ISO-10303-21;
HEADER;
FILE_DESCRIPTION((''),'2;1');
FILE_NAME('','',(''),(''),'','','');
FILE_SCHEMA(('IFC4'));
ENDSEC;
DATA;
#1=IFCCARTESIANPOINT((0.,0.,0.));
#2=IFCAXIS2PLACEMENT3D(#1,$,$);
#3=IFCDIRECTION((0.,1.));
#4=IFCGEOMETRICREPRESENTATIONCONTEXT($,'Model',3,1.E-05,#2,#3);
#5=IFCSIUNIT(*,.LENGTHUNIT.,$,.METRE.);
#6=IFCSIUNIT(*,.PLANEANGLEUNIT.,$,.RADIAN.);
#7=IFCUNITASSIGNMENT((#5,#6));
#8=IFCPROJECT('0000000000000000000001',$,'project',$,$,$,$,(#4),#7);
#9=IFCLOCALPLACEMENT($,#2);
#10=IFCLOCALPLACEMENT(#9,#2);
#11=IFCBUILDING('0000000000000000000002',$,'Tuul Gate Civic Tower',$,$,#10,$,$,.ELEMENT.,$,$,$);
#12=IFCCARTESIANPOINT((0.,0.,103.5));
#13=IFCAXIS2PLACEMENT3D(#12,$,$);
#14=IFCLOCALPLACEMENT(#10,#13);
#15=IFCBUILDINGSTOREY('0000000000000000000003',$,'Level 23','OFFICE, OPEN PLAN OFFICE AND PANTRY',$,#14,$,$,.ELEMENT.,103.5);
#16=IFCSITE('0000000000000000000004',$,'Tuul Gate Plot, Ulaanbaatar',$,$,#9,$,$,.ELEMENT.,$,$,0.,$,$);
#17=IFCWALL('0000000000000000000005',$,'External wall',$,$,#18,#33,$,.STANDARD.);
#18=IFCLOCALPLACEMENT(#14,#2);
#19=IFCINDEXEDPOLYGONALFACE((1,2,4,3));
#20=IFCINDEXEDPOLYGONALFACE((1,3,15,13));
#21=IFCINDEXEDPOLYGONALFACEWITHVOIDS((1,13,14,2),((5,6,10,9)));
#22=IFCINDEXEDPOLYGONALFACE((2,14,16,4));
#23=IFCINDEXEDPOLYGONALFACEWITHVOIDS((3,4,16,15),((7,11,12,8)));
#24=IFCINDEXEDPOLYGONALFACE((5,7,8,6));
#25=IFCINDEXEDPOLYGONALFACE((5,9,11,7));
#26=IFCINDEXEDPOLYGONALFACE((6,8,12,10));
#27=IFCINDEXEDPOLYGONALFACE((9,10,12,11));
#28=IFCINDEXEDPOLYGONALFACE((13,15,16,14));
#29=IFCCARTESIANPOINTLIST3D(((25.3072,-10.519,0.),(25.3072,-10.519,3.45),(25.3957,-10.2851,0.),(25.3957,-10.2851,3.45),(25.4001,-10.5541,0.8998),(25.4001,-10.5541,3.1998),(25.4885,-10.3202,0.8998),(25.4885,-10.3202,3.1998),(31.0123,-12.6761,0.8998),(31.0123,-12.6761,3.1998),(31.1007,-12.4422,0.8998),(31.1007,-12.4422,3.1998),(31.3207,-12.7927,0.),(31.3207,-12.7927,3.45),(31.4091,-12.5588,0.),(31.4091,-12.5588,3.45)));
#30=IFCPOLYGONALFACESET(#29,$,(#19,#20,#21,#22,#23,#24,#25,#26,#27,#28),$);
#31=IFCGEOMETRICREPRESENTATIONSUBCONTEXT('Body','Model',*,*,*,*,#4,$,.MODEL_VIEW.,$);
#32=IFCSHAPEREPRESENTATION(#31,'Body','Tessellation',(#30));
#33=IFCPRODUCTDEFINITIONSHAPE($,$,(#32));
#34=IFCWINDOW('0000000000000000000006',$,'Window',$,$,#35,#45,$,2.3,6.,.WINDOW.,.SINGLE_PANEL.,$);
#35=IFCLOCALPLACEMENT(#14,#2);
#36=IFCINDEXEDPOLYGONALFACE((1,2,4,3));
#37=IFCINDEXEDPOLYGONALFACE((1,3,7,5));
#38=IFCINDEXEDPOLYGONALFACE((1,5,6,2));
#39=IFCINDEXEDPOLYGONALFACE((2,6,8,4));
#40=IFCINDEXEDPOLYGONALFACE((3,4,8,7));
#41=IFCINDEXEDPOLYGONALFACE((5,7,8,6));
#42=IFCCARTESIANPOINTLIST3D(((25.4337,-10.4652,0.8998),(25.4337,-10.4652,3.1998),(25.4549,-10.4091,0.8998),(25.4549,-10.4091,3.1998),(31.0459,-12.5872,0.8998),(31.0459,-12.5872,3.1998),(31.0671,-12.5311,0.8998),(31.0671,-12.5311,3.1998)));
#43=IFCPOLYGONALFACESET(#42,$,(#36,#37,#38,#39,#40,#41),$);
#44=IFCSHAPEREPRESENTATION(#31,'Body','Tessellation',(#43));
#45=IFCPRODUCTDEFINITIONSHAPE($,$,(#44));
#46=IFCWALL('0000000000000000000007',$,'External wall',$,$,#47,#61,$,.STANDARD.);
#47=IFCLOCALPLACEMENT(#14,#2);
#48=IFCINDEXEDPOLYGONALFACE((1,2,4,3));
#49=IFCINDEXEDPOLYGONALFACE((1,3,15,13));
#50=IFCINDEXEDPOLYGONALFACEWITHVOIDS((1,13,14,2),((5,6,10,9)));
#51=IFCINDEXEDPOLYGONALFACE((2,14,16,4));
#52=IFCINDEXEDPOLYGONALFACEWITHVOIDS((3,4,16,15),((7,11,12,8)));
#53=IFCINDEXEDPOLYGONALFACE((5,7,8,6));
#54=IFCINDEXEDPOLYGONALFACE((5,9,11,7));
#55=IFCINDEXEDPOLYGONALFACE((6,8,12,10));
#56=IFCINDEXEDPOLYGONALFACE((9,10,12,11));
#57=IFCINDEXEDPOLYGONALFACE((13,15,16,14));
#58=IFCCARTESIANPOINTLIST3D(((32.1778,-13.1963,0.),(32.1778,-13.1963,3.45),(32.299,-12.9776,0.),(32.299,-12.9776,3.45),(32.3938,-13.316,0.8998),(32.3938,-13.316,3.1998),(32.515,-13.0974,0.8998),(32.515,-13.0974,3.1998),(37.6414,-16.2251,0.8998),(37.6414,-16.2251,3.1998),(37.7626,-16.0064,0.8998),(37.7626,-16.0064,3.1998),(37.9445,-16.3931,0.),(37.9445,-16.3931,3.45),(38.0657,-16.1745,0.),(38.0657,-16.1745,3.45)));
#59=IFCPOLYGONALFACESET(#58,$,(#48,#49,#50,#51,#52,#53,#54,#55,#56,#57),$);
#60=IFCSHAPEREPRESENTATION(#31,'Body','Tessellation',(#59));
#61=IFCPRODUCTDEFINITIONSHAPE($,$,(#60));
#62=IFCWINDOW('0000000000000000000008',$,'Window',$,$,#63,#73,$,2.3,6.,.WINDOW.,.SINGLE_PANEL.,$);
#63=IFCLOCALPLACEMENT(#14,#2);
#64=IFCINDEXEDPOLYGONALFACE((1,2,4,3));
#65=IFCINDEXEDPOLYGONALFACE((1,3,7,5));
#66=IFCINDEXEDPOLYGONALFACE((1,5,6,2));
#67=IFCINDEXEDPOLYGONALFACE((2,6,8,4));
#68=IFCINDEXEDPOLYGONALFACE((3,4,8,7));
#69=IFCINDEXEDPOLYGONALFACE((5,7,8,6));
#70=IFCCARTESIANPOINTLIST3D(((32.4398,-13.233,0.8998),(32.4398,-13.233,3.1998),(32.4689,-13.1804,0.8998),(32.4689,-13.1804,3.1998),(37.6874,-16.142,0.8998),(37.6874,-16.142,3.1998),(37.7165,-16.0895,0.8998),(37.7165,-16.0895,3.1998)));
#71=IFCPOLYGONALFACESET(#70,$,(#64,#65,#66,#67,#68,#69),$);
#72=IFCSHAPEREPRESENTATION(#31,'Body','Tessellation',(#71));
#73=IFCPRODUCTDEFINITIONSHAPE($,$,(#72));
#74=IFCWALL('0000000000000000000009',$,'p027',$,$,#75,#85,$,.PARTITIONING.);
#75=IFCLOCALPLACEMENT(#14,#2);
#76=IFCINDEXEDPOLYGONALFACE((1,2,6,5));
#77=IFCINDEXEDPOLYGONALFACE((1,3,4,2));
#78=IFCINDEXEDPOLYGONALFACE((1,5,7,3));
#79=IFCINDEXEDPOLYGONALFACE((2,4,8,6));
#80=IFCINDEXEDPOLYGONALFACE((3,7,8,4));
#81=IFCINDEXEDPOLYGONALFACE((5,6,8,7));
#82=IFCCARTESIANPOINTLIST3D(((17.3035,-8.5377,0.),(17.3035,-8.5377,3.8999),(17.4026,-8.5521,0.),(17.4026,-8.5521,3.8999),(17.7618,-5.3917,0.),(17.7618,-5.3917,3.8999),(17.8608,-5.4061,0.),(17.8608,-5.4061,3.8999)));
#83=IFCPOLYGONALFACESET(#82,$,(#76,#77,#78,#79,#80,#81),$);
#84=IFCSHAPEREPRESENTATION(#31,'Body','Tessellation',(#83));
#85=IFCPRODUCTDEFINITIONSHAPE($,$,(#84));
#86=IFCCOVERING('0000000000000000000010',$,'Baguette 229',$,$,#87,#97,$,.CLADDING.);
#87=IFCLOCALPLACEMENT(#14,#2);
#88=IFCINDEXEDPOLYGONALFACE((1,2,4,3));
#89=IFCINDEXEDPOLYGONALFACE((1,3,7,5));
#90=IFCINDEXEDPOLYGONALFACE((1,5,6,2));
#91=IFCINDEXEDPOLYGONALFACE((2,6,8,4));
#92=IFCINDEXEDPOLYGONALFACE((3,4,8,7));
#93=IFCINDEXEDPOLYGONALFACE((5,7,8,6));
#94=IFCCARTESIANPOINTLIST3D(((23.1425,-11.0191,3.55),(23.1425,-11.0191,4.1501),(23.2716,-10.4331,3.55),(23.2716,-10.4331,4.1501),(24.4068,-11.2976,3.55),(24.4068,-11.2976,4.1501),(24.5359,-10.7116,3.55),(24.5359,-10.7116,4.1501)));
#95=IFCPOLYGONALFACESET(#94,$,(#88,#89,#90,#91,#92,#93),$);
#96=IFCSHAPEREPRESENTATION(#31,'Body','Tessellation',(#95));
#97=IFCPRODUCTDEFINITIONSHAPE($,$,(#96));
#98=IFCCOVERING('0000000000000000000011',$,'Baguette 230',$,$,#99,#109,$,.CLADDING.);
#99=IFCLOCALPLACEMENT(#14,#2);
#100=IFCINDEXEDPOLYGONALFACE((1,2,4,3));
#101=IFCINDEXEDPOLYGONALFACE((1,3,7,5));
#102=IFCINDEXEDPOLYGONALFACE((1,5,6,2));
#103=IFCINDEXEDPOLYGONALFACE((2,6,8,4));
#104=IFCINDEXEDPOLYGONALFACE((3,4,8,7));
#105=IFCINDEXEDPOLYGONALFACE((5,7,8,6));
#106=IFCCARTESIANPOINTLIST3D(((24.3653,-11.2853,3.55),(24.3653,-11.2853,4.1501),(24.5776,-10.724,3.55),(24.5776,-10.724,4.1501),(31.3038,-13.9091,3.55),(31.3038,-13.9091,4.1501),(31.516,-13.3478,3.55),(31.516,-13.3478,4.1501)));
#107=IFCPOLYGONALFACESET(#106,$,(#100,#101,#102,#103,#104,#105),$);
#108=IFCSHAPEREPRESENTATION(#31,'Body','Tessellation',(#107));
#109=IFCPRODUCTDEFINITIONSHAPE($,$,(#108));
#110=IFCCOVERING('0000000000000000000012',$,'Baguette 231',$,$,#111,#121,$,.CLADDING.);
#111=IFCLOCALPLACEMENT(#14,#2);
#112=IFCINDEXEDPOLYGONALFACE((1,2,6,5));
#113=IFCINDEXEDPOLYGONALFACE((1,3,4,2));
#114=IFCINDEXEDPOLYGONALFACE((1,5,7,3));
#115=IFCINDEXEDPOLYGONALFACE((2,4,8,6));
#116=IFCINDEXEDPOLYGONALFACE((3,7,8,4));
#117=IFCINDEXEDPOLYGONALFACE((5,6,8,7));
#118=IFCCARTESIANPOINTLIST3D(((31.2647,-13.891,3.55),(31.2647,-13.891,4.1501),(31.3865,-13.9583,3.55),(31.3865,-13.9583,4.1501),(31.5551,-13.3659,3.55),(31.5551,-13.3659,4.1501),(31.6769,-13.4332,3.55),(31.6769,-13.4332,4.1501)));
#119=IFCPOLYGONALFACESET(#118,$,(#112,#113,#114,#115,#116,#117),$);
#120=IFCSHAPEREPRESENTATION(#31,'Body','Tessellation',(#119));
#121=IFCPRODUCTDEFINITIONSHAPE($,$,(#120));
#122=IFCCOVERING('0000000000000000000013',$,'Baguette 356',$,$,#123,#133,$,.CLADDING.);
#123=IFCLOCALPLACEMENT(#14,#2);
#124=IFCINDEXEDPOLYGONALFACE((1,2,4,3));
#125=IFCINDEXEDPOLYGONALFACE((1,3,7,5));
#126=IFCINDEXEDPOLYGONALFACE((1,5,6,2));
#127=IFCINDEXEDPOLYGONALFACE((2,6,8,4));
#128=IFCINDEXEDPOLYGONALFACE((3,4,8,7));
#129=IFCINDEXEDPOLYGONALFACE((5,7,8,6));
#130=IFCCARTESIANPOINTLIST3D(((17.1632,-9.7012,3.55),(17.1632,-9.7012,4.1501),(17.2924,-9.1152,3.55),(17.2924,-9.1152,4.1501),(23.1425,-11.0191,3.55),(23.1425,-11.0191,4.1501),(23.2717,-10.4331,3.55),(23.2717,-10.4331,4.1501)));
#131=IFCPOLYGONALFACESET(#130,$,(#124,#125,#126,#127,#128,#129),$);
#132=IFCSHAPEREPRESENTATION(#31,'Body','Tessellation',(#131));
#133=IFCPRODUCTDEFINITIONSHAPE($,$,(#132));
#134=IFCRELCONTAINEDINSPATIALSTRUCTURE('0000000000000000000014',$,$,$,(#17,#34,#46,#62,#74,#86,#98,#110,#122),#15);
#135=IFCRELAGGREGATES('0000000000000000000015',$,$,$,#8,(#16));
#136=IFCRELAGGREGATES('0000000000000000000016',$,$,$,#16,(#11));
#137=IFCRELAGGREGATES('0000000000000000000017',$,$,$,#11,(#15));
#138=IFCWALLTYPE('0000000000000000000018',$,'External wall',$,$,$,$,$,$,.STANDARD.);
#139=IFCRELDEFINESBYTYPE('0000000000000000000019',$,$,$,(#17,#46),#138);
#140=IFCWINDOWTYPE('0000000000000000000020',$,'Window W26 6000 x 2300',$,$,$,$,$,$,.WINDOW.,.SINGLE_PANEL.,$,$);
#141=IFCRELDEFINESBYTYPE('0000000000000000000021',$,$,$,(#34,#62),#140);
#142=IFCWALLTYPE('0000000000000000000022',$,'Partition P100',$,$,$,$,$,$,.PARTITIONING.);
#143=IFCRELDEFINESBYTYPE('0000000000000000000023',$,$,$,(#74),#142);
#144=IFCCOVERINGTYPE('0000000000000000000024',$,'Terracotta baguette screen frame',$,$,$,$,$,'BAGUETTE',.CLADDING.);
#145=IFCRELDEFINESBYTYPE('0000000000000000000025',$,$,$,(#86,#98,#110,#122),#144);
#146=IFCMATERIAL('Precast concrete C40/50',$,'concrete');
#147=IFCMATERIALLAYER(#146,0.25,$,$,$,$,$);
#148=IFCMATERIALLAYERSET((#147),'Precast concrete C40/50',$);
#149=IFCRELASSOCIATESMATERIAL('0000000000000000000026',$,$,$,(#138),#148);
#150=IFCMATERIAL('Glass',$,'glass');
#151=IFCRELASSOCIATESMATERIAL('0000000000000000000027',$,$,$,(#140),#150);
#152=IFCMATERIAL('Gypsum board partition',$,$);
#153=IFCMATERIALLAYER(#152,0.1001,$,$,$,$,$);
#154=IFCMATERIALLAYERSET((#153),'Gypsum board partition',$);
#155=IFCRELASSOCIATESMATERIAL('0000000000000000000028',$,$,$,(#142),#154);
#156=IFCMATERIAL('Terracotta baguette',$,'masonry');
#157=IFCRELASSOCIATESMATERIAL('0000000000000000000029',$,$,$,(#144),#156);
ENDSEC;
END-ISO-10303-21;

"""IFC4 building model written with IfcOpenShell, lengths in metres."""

from ifc_helpers import new_model, si_unit, direction, frame, frame_2d, origin, origin_2d, place, context, subcontext, project, spatial, rectangle, extrude, material, layer, layer_set, material_profile, profile_set, type_object, element, fill, save


model = new_model("IFC4")

# Units and contexts
model_context = context("Model", 3, precision=1e-05, world=origin(), true_north=direction((0.0, 1.0)))
body_context = subcontext(model_context, "Body", "Model", "MODEL_VIEW")
ifc_project = project(units=[si_unit("LENGTHUNIT", "METRE"), si_unit("PLANEANGLEUNIT", "RADIAN")], contexts=[model_context])

# Site, building, storey
site_placement = place(None, origin())
site = spatial("IfcSite", under=ifc_project, at=site_placement, Name="Tuul Gate Plot, Ulaanbaatar", CompositionType="ELEMENT", RefElevation=0.0)
building_placement = place(site_placement, origin())
building = spatial("IfcBuilding", under=site, at=building_placement, Name="Tuul Gate Civic Tower", CompositionType="ELEMENT")
storey_placement = place(building_placement, frame((0.0, 0.0, 103.5)))
storey = spatial("IfcBuildingStorey", under=building, at=storey_placement, Name="Level 23", Description="OFFICE, OPEN PLAN OFFICE AND PANTRY", CompositionType="ELEMENT", Elevation=103.5)

# Walls, openings, windows
ifc_material_1 = material(Name="Precast concrete C40/50", Category="concrete")
ifc_layer_1 = layer(ifc_material_1, 0.25)
ifc_layer_set_1 = layer_set([ifc_layer_1], Name="Precast concrete C40/50")
wall_type_1 = type_object("IfcWallType", Name="External wall", PredefinedType="STANDARD", material=ifc_layer_set_1)
ifc_material_2 = material(Name="Glass", Category="glass")
window_type = type_object("IfcWindowType", Name="Window W26 6000 x 2300", PartitioningType="SINGLE_PANEL", PredefinedType="WINDOW", material=ifc_material_2)
wall_1_placement = place(storey_placement, frame((25.3516, -10.4021, 0.0), z_axis=(0.0, 0.0, 1.0), x_axis=(0.935372, -0.353665, 0.0)))
wall_1 = element("IfcWall", 1, at=wall_1_placement, inside=storey, type_object=wall_type_1, Name="External wall", PredefinedType="STANDARD", context=body_context, shape_type="SweptSolid", body=[
    extrude(rectangle(XDim=6.429, YDim=0.25, at=frame_2d((3.2144, 0.0))), origin(), (0.0, 0.0, 1.0), 3.45),
])
opening_1_placement = place(wall_1_placement, frame((0.0991, 0.0, 0.8999)))
opening_1 = element("IfcOpeningElement", 2, at=opening_1_placement, cuts=wall_1, PredefinedType="OPENING", context=body_context, shape_type="SweptSolid", body=[
    extrude(rectangle(XDim=6.0, YDim=2.3, at=frame_2d((3.0, 1.1499))), frame((0.0, 0.135, 0.0), z_axis=(0.0, -1.0, 0.0), x_axis=(1.0, 0.0, 0.0)), (0.0, 0.0, 1.0), 0.27),
])
window_1_placement = place(opening_1_placement, origin())
window_1 = element("IfcWindow", 3, at=window_1_placement, inside=storey, type_object=window_type, Name="Window", OverallHeight=2.3, OverallWidth=6.0, PartitioningType="SINGLE_PANEL", PredefinedType="WINDOW", context=body_context, shape_type="SweptSolid", body=[
    extrude(rectangle(XDim=6.0, YDim=2.3, at=frame_2d((3.0, 1.1499))), frame((0.0, 0.03, 0.0), z_axis=(0.0, -1.0, 0.0), x_axis=(1.0, 0.0, 0.0)), (0.0, 0.0, 1.0), 0.0601),
])
fill(opening_1, window_1)
wall_2_placement = place(storey_placement, frame((32.2383, -13.0869, 0.0), z_axis=(0.0, 0.0, 1.0), x_axis=(0.874601, -0.484844, 0.0)))
wall_2 = element("IfcWall", 4, at=wall_2_placement, inside=storey, type_object=wall_type_1, Name="External wall", PredefinedType="STANDARD", context=body_context, shape_type="SweptSolid", body=[
    extrude(rectangle(XDim=6.5935, YDim=0.25, at=frame_2d((3.2969, 0.0))), origin(), (0.0, 0.0, 1.0), 3.45),
])
opening_2_placement = place(wall_2_placement, frame((0.2471, 0.0, 0.8999)))
opening_2 = element("IfcOpeningElement", 5, at=opening_2_placement, cuts=wall_2, PredefinedType="OPENING", context=body_context, shape_type="SweptSolid", body=[
    extrude(rectangle(XDim=6.0, YDim=2.3, at=frame_2d((3.0, 1.1499))), frame((0.0, 0.135, 0.0), z_axis=(0.0, -1.0, 0.0), x_axis=(1.0, 0.0, 0.0)), (0.0, 0.0, 1.0), 0.27),
])
window_2_placement = place(opening_2_placement, origin())
window_2 = element("IfcWindow", 6, at=window_2_placement, inside=storey, type_object=window_type, Name="Window", OverallHeight=2.3, OverallWidth=6.0, PartitioningType="SINGLE_PANEL", PredefinedType="WINDOW", context=body_context, shape_type="SweptSolid", body=[
    extrude(rectangle(XDim=6.0, YDim=2.3, at=frame_2d((3.0, 1.1499))), frame((0.0, 0.03, 0.0), z_axis=(0.0, -1.0, 0.0), x_axis=(1.0, 0.0, 0.0)), (0.0, 0.0, 1.0), 0.0601),
])
fill(opening_2, window_2)

# Wall
ifc_material_3 = material(Name="Gypsum board partition")
ifc_layer_2 = layer(ifc_material_3, 0.1001)
ifc_layer_set_2 = layer_set([ifc_layer_2], Name="Gypsum board partition")
wall_type_2 = type_object("IfcWallType", Name="Partition P100", PredefinedType="PARTITIONING", material=ifc_layer_set_2)
wall_3_placement = place(storey_placement, frame((17.353, -8.5449, 0.0), z_axis=(0.0, 0.0, 1.0), x_axis=(0.144141, 0.989557, 0.0)))
element("IfcWall", 7, at=wall_3_placement, inside=storey, type_object=wall_type_2, Name="p027", PredefinedType="PARTITIONING", context=body_context, shape_type="SweptSolid", body=[
    extrude(rectangle(XDim=3.1792, YDim=0.1001, at=frame_2d((1.5896, 0.0))), origin(), (0.0, 0.0, 1.0), 3.8999),
])

# Coverings
ifc_material_4 = material(Name="Terracotta baguette", Category="masonry")
ifc_material_profile_1 = material_profile(ifc_material_4, rectangle(XDim=0.6001, YDim=0.6001, at=origin_2d()), Name="Terracotta baguette screen frame")
ifc_profile_set_1 = profile_set([ifc_material_profile_1], Name="Terracotta baguette")
covering_type = type_object("IfcCoveringType", Name="Terracotta baguette screen frame", ElementType="BAGUETTE", PredefinedType="CLADDING", material=ifc_profile_set_1)
covering_1_placement = place(storey_placement, frame((23.207, -10.7261, 3.8501), z_axis=(0.97658, -0.215153, 0.0), x_axis=(0.215153, 0.97658, 0.0)))
element("IfcCovering", 8, at=covering_1_placement, inside=storey, type_object=covering_type, Name="Baguette 229", PredefinedType="CLADDING", context=body_context, shape_type="SweptSolid", body=[
    extrude(rectangle(XDim=0.6001, YDim=0.6001, at=origin_2d()), origin(), (0.0, 0.0, 1.0), 1.2947),
])
covering_2_placement = place(storey_placement, frame((24.4714, -11.0046, 3.8501), z_axis=(0.935357, -0.353705, 0.0), x_axis=(0.353705, 0.935357, 0.0)))
element("IfcCovering", 9, at=covering_2_placement, inside=storey, type_object=covering_type, Name="Baguette 230", PredefinedType="CLADDING", context=body_context, shape_type="SweptSolid", body=[
    extrude(rectangle(XDim=0.6001, YDim=0.6001, at=origin_2d()), origin(), (0.0, 0.0, 1.0), 7.418),
])
covering_3_placement = place(storey_placement, frame((31.4099, -13.6284, 3.8501), z_axis=(0.875066, -0.484004, 0.0), x_axis=(0.484004, 0.875066, 0.0)))
element("IfcCovering", 10, at=covering_3_placement, inside=storey, type_object=covering_type, Name="Baguette 231", PredefinedType="CLADDING", context=body_context, shape_type="SweptSolid", body=[
    extrude(rectangle(XDim=0.6001, YDim=0.6001, at=origin_2d()), origin(), (0.0, 0.0, 1.0), 0.1392),
])
covering_4_placement = place(storey_placement, frame((17.2278, -9.4082, 3.8501), z_axis=(0.976561, -0.215241, 0.0), x_axis=(0.215241, 0.976561, 0.0)))
element("IfcCovering", 11, at=covering_4_placement, inside=storey, type_object=covering_type, Name="Baguette 356", PredefinedType="CLADDING", context=body_context, shape_type="SweptSolid", body=[
    extrude(rectangle(XDim=0.6001, YDim=0.6001, at=origin_2d()), origin(), (0.0, 0.0, 1.0), 6.1228),
])

save(model, "model.ifc")
